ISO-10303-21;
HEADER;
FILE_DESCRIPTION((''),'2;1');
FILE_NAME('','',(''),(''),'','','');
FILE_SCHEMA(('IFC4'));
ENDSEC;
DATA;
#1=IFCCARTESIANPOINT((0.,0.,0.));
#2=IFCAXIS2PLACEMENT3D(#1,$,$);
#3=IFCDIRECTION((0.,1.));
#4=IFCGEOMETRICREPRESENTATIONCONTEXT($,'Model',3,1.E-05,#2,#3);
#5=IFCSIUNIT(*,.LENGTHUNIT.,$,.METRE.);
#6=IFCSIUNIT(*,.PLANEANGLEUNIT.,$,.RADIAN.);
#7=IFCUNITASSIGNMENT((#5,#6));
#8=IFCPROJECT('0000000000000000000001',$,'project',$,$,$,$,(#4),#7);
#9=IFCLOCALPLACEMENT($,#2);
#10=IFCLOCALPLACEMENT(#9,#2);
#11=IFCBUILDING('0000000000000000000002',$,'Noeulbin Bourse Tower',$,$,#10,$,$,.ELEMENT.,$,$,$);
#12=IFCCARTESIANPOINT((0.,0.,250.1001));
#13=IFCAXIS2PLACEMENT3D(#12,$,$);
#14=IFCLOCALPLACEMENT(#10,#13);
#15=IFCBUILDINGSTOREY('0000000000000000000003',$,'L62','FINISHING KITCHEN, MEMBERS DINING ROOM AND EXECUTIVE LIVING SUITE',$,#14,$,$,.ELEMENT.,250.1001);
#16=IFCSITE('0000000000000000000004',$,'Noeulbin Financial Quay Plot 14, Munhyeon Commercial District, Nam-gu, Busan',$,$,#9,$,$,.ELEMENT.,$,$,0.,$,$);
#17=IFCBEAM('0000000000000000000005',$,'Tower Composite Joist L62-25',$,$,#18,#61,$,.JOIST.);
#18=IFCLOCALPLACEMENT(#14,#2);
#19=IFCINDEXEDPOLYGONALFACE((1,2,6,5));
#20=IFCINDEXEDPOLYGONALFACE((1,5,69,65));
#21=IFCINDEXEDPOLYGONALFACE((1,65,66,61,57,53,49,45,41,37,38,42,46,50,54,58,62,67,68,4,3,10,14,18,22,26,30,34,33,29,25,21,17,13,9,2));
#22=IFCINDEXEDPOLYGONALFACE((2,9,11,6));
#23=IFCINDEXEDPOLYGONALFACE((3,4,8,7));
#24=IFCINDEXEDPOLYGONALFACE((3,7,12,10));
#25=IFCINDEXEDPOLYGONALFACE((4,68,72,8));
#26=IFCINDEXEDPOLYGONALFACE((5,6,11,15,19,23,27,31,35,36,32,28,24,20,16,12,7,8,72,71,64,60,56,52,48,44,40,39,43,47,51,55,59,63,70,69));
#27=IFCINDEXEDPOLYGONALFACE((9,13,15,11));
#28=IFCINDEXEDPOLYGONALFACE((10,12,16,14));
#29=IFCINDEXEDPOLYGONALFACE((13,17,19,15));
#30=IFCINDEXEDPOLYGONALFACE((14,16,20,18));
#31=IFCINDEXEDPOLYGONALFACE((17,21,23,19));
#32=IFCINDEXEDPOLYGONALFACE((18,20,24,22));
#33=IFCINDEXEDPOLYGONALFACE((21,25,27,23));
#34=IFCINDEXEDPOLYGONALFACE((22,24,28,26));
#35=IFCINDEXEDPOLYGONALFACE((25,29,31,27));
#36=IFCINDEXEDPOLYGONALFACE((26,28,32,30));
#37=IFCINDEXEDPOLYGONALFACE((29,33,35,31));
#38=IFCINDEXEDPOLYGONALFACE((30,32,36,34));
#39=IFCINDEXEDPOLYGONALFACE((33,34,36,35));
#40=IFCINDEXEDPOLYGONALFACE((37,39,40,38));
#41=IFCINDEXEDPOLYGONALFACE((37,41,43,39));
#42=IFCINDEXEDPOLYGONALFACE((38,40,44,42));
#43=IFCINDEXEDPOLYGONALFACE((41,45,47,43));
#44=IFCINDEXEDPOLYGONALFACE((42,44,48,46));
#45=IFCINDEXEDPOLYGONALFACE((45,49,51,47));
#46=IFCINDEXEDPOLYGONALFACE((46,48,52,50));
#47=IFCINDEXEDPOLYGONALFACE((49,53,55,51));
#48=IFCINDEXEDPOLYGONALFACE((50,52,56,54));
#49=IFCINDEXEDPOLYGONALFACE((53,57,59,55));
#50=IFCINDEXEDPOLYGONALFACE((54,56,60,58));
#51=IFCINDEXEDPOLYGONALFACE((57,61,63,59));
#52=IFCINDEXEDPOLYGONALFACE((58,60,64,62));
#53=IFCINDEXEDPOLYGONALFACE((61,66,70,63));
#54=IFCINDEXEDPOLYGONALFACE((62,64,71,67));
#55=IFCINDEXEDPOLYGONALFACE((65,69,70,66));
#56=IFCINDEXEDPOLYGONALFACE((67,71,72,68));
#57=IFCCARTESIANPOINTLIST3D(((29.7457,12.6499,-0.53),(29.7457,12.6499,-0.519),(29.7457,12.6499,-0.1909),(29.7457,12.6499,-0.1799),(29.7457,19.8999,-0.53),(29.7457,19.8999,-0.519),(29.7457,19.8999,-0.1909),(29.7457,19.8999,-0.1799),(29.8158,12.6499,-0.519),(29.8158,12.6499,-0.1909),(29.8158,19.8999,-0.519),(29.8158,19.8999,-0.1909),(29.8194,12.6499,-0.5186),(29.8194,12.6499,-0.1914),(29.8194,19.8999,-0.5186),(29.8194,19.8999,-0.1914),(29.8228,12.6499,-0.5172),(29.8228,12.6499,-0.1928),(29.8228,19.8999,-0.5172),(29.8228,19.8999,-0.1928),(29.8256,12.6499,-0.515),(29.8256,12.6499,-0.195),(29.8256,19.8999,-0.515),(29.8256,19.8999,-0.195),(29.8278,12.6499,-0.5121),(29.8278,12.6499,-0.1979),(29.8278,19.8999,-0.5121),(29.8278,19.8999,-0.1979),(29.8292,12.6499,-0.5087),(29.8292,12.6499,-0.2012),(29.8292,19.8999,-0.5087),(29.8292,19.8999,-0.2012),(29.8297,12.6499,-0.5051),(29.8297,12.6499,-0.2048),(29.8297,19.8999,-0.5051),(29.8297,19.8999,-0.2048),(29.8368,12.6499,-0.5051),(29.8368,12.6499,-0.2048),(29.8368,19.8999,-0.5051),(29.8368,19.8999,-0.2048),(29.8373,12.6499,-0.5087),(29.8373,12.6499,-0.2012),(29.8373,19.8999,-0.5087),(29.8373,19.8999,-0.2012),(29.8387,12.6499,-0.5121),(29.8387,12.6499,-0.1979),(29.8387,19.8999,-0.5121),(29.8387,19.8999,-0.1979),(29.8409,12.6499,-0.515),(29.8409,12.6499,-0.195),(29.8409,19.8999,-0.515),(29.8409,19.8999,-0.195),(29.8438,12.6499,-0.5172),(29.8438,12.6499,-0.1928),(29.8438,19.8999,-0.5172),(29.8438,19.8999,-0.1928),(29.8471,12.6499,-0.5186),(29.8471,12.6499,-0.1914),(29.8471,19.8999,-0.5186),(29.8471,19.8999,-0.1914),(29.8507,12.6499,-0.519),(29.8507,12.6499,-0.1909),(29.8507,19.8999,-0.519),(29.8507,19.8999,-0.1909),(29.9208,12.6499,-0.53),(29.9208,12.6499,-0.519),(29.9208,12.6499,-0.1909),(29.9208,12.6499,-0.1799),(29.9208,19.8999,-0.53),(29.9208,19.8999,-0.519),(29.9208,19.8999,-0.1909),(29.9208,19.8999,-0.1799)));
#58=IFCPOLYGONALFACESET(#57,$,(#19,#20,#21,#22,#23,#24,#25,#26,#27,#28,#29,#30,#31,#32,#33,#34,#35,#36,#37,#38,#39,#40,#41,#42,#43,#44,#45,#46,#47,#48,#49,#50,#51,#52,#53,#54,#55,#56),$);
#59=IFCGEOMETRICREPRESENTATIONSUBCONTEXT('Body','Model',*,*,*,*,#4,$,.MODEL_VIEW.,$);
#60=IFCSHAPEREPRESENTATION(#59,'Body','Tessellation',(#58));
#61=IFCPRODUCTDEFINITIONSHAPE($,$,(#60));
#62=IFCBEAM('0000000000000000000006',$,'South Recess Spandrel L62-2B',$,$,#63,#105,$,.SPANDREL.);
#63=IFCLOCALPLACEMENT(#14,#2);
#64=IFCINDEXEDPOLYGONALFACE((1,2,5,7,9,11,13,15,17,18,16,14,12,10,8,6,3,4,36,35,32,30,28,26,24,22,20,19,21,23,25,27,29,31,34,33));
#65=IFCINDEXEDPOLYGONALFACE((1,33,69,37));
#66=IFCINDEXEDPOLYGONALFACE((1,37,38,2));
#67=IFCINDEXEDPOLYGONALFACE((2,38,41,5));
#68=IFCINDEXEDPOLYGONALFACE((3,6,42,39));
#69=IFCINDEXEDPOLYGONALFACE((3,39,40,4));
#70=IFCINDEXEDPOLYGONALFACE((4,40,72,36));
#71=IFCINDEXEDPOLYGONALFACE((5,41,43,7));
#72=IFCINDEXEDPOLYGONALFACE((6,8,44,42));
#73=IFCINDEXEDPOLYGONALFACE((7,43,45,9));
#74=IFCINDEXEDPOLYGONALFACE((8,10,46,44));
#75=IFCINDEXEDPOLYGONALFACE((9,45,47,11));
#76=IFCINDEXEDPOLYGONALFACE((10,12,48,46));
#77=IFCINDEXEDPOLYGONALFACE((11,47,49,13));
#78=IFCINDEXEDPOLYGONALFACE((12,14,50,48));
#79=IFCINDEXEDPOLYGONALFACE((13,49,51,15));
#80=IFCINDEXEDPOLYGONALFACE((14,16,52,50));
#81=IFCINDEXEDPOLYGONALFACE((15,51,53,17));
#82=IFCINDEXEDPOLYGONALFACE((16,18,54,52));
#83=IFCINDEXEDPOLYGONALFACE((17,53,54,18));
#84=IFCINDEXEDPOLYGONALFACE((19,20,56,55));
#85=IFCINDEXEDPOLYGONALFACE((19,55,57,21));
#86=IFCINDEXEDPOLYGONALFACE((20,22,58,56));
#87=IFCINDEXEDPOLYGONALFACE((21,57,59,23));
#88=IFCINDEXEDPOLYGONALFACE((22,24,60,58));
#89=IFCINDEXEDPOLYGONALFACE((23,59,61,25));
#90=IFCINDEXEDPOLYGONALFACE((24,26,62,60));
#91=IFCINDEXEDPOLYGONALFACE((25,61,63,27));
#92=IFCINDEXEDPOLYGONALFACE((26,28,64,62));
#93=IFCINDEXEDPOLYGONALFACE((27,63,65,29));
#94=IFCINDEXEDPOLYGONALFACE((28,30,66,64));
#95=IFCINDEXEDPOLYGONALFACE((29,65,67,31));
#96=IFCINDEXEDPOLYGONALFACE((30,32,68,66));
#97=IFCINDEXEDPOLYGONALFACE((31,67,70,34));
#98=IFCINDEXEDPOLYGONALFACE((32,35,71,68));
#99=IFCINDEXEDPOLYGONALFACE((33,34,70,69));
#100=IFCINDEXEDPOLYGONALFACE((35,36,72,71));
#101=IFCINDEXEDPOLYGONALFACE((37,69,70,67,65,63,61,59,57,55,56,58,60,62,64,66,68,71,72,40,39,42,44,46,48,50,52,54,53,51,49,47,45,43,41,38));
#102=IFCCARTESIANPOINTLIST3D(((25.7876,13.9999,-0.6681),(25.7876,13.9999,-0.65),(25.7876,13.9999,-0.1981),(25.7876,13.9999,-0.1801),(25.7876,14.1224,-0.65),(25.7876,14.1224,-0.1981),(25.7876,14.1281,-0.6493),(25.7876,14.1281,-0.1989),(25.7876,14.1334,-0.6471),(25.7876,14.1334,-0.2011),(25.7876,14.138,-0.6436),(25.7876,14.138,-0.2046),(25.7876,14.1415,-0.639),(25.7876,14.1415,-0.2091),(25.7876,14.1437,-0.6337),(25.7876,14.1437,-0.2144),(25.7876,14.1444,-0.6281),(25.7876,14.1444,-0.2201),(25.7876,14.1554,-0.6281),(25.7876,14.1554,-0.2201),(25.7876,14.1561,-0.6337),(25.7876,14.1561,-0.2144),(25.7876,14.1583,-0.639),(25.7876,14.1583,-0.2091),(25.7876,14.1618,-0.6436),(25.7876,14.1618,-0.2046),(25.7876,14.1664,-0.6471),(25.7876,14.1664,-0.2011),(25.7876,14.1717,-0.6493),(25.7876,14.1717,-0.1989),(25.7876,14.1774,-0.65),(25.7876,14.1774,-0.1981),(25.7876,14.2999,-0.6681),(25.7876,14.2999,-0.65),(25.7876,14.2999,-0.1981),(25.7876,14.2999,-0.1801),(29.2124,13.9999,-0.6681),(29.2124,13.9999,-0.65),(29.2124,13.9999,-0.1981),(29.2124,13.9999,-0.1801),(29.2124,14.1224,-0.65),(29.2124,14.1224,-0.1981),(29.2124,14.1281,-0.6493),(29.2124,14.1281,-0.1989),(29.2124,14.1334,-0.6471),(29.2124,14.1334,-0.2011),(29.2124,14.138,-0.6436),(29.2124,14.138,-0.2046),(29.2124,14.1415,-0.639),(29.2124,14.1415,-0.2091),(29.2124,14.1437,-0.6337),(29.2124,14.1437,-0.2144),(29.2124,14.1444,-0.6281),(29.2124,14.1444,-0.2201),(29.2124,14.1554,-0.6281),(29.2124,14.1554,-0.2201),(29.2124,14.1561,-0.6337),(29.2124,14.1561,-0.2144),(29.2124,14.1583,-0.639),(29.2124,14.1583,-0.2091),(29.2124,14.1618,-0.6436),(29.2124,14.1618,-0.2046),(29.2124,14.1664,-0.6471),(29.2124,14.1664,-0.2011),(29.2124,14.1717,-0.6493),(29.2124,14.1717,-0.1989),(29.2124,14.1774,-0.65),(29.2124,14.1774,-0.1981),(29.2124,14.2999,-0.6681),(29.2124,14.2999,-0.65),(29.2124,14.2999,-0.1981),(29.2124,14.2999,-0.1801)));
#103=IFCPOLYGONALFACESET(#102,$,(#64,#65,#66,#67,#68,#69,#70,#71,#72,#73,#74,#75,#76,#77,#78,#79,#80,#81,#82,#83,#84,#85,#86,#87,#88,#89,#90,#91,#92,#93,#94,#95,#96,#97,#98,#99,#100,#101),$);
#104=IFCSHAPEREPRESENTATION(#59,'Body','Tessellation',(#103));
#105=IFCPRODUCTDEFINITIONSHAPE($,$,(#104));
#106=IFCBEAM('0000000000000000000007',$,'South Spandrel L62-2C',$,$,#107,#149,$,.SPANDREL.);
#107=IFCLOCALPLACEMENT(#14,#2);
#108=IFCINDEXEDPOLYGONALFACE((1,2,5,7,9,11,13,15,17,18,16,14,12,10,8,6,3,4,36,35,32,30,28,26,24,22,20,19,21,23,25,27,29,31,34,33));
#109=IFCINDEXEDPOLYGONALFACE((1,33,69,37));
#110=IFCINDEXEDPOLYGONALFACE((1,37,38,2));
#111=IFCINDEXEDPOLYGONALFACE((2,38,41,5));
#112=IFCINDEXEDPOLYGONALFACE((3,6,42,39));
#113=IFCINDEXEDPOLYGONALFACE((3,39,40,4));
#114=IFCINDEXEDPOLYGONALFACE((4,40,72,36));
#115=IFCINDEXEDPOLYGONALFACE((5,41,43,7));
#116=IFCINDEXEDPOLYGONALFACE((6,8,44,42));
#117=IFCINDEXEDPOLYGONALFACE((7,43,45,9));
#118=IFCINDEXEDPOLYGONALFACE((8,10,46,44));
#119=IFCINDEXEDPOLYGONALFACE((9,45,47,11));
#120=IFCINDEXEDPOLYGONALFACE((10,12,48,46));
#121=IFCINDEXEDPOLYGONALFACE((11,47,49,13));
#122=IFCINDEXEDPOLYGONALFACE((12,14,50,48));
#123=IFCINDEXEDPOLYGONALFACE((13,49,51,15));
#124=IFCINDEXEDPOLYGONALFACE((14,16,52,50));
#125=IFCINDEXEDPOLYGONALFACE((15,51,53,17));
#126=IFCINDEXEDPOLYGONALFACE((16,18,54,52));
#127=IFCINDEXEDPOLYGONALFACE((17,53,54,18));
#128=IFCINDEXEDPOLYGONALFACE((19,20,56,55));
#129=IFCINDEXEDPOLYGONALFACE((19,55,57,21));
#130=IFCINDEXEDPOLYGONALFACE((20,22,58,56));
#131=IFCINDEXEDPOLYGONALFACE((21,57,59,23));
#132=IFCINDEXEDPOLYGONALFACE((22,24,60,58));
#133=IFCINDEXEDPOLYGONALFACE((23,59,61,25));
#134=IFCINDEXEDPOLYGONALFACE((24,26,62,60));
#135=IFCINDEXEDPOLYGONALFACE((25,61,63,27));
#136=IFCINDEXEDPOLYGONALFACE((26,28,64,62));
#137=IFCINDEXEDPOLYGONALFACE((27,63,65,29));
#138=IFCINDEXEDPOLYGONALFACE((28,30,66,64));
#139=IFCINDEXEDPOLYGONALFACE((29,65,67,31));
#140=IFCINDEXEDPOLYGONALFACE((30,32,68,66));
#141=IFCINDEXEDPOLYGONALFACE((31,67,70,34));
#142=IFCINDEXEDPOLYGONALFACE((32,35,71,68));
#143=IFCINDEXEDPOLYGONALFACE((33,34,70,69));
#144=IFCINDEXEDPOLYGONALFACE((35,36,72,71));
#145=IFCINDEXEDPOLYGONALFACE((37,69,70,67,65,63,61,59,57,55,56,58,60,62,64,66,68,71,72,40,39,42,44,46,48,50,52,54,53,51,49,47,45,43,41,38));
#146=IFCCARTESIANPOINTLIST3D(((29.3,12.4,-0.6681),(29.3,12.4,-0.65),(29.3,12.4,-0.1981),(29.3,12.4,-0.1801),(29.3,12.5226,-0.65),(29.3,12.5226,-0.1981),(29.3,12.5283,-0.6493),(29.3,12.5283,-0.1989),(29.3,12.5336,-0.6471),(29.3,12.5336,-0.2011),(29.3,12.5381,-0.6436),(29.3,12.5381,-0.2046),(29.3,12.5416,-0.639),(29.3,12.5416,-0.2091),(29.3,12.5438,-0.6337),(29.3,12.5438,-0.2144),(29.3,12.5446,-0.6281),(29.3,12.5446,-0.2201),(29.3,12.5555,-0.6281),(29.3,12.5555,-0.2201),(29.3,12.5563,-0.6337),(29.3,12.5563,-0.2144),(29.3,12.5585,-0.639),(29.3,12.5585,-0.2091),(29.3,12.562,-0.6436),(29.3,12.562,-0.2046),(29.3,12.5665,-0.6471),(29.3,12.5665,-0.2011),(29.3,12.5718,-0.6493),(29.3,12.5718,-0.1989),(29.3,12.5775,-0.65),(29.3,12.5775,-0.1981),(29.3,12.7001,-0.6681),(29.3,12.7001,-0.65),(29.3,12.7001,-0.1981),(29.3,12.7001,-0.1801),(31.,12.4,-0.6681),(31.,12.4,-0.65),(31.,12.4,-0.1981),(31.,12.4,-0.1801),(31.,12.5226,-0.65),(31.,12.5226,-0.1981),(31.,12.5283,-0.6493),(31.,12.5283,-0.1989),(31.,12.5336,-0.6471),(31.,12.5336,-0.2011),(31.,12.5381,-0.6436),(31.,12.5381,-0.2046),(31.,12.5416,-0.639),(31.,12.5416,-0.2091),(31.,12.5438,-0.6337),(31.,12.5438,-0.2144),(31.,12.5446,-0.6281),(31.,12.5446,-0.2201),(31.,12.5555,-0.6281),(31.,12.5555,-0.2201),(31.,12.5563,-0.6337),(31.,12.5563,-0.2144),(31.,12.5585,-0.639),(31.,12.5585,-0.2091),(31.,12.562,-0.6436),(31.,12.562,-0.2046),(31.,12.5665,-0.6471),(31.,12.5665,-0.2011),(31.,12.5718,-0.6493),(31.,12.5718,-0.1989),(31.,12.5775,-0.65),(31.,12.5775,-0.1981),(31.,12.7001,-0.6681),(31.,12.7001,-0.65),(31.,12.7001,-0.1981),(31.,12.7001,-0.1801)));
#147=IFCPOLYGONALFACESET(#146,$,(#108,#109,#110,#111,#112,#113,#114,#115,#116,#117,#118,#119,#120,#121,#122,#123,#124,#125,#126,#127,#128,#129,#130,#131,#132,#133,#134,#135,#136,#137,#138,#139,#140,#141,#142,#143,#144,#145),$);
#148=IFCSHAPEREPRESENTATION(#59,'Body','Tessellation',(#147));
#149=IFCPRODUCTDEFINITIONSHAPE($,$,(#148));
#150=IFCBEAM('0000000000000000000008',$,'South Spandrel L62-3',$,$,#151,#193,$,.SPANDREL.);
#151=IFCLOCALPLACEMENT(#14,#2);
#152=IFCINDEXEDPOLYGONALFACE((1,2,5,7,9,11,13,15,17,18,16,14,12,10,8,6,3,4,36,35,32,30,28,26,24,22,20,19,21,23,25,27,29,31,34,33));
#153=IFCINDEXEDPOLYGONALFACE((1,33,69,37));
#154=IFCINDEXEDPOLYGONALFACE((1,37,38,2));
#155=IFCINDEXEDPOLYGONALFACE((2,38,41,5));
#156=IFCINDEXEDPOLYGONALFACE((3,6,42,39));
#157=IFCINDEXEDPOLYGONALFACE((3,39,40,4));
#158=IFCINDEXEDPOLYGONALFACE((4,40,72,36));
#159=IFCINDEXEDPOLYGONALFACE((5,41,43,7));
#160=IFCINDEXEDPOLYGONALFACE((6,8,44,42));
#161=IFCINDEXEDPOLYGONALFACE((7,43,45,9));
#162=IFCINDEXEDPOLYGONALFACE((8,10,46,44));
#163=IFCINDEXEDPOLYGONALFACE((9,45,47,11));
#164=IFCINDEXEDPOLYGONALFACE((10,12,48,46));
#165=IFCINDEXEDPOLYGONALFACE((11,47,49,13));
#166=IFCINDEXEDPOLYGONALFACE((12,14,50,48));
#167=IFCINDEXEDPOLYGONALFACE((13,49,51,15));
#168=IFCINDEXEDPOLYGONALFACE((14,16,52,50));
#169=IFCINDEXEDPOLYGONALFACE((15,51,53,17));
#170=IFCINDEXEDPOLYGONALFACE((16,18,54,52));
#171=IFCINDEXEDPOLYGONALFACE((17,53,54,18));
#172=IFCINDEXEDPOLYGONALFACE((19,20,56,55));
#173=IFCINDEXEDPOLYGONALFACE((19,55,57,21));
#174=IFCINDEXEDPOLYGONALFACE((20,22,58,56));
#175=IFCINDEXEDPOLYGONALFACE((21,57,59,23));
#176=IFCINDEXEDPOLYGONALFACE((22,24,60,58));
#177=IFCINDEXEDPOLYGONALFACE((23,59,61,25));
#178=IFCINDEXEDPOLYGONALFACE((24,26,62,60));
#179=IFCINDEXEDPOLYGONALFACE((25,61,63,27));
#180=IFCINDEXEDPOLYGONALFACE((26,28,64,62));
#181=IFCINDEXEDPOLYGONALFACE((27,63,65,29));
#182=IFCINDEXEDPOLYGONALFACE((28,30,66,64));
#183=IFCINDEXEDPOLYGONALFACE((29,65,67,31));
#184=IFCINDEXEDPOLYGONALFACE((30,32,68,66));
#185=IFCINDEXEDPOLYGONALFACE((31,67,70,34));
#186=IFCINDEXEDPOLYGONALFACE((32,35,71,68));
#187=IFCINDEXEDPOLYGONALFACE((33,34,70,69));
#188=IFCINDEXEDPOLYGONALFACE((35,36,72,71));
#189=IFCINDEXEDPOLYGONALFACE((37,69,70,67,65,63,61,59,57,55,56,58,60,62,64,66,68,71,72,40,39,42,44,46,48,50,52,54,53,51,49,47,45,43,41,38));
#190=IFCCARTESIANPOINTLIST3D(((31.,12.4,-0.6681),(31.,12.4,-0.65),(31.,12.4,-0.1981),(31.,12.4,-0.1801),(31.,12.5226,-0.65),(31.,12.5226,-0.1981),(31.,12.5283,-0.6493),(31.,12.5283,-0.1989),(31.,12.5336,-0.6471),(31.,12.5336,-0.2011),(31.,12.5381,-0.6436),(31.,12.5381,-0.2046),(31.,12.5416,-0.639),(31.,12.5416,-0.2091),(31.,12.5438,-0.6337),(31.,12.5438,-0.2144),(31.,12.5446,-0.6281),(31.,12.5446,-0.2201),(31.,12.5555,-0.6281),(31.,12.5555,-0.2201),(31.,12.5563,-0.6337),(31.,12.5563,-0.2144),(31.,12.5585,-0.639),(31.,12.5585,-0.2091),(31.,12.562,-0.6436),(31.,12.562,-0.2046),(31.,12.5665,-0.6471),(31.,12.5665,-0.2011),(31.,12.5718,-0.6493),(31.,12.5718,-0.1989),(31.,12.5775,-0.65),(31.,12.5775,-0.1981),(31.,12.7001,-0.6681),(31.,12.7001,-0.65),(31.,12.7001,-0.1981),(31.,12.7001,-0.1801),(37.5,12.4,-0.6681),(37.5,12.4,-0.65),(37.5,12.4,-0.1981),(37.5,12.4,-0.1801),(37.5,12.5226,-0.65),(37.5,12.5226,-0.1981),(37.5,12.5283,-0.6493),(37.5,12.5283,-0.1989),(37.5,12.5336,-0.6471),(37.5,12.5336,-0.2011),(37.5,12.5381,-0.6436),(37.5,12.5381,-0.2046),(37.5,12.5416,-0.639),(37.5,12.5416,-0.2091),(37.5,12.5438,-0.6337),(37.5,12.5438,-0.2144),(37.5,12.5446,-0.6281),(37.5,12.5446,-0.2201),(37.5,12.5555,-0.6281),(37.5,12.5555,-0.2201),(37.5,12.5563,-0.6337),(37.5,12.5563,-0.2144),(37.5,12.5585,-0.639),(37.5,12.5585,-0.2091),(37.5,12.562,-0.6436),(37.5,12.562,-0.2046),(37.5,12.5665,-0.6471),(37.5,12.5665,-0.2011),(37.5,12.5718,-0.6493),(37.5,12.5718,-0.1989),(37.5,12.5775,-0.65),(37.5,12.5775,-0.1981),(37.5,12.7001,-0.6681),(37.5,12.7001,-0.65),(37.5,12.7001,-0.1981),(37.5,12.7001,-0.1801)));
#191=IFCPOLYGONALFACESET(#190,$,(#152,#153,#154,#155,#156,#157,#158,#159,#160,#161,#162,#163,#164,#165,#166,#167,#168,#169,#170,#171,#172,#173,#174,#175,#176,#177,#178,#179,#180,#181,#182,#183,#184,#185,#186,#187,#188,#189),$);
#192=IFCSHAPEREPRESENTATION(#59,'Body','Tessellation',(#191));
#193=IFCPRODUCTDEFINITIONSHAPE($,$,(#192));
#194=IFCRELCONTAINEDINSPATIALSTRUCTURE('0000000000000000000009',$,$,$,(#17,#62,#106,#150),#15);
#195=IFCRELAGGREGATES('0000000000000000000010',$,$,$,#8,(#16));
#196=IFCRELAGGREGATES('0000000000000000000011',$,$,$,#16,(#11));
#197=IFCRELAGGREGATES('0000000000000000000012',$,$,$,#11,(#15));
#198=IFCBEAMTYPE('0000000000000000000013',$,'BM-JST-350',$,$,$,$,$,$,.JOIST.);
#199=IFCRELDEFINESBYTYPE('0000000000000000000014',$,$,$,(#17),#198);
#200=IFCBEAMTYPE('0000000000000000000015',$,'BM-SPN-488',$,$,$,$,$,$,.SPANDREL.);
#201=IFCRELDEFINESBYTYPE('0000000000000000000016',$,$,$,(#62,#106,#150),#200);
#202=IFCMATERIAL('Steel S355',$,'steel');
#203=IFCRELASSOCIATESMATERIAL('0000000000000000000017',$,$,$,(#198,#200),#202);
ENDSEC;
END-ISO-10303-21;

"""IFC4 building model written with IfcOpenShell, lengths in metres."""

from ifc_helpers import new_model, si_unit, direction, frame, origin, origin_2d, place, context, subcontext, project, spatial, i_section, extrude, material, material_profile, profile_set, type_object, element, save


model = new_model("IFC4")

# Units and contexts
model_context = context("Model", 3, precision=1e-05, world=origin(), true_north=direction((0.0, 1.0)))
body_context = subcontext(model_context, "Body", "Model", "MODEL_VIEW")
ifc_project = project(units=[si_unit("LENGTHUNIT", "METRE"), si_unit("PLANEANGLEUNIT", "RADIAN")], contexts=[model_context])

# Site, building, storey
site_placement = place(None, origin())
site = spatial("IfcSite", under=ifc_project, at=site_placement, Name="Noeulbin Financial Quay Plot 14, Munhyeon Commercial District, Nam-gu, Busan", CompositionType="ELEMENT", RefElevation=0.0)
building_placement = place(site_placement, origin())
building = spatial("IfcBuilding", under=site, at=building_placement, Name="Noeulbin Bourse Tower", CompositionType="ELEMENT")
storey_placement = place(building_placement, frame((0.0, 0.0, 250.1001)))
storey = spatial("IfcBuildingStorey", under=building, at=storey_placement, Name="L62", Description="FINISHING KITCHEN, MEMBERS DINING ROOM AND EXECUTIVE LIVING SUITE", CompositionType="ELEMENT", Elevation=250.1001)

# Shared definitions
ifc_material_1 = material(Name="Steel S355", Category="steel")

# Beams
ifc_material_profile_1 = material_profile(ifc_material_1, i_section(OverallWidth=0.175, OverallDepth=0.3501, WebThickness=0.0071, FlangeThickness=0.011, FilletRadius=0.0139, at=origin_2d()), Name="H-350x175x7x11", Category="LoadBearing")
ifc_profile_set_1 = profile_set([ifc_material_profile_1], Name="Steel S355")
beam_type_1 = type_object("IfcBeamType", Name="BM-JST-350", PredefinedType="JOIST", material=ifc_profile_set_1)
beam_1_placement = place(storey_placement, frame((29.8333, 12.6499, -0.355), z_axis=(0.0, 1.0, 0.0), x_axis=(-1.0, 0.0, 0.0)))
element("IfcBeam", 1, at=beam_1_placement, inside=storey, type_object=beam_type_1, Name="Tower Composite Joist L62-25", PredefinedType="JOIST", context=body_context, shape_type="SweptSolid", body=[
    extrude(i_section(OverallWidth=0.175, OverallDepth=0.3501, WebThickness=0.0071, FlangeThickness=0.011, FilletRadius=0.0139, at=origin_2d()), origin(), (0.0, 0.0, 1.0), 7.25),
])
ifc_material_profile_2 = material_profile(ifc_material_1, i_section(OverallWidth=0.3, OverallDepth=0.488, WebThickness=0.011, FlangeThickness=0.0181, FilletRadius=0.022, at=origin_2d()), Name="H-488x300x11x18", Category="LoadBearing")
ifc_profile_set_2 = profile_set([ifc_material_profile_2], Name="Steel S355")
beam_type_2 = type_object("IfcBeamType", Name="BM-SPN-488", PredefinedType="SPANDREL", material=ifc_profile_set_2)
beam_2_placement = place(storey_placement, frame((25.7876, 14.1499, -0.4241), z_axis=(1.0, 0.0, 0.0), x_axis=(0.0, 1.0, 0.0)))
element("IfcBeam", 2, at=beam_2_placement, inside=storey, type_object=beam_type_2, Name="South Recess Spandrel L62-2B", PredefinedType="SPANDREL", context=body_context, shape_type="SweptSolid", body=[
    extrude(i_section(OverallWidth=0.3, OverallDepth=0.488, WebThickness=0.011, FlangeThickness=0.0181, FilletRadius=0.022, at=origin_2d()), origin(), (0.0, 0.0, 1.0), 3.4248),
])
beam_3_placement = place(storey_placement, frame((29.3, 12.55, -0.4241), z_axis=(1.0, 0.0, 0.0), x_axis=(0.0, 1.0, 0.0)))
element("IfcBeam", 3, at=beam_3_placement, inside=storey, type_object=beam_type_2, Name="South Spandrel L62-2C", PredefinedType="SPANDREL", context=body_context, shape_type="SweptSolid", body=[
    extrude(i_section(OverallWidth=0.3, OverallDepth=0.488, WebThickness=0.011, FlangeThickness=0.0181, FilletRadius=0.022, at=origin_2d()), origin(), (0.0, 0.0, 1.0), 1.7),
])
beam_4_placement = place(storey_placement, frame((31.0, 12.55, -0.4241), z_axis=(1.0, 0.0, 0.0), x_axis=(0.0, 1.0, 0.0)))
element("IfcBeam", 4, at=beam_4_placement, inside=storey, type_object=beam_type_2, Name="South Spandrel L62-3", PredefinedType="SPANDREL", context=body_context, shape_type="SweptSolid", body=[
    extrude(i_section(OverallWidth=0.3, OverallDepth=0.488, WebThickness=0.011, FlangeThickness=0.0181, FilletRadius=0.022, at=origin_2d()), origin(), (0.0, 0.0, 1.0), 6.5),
])

save(model, "model.ifc")
